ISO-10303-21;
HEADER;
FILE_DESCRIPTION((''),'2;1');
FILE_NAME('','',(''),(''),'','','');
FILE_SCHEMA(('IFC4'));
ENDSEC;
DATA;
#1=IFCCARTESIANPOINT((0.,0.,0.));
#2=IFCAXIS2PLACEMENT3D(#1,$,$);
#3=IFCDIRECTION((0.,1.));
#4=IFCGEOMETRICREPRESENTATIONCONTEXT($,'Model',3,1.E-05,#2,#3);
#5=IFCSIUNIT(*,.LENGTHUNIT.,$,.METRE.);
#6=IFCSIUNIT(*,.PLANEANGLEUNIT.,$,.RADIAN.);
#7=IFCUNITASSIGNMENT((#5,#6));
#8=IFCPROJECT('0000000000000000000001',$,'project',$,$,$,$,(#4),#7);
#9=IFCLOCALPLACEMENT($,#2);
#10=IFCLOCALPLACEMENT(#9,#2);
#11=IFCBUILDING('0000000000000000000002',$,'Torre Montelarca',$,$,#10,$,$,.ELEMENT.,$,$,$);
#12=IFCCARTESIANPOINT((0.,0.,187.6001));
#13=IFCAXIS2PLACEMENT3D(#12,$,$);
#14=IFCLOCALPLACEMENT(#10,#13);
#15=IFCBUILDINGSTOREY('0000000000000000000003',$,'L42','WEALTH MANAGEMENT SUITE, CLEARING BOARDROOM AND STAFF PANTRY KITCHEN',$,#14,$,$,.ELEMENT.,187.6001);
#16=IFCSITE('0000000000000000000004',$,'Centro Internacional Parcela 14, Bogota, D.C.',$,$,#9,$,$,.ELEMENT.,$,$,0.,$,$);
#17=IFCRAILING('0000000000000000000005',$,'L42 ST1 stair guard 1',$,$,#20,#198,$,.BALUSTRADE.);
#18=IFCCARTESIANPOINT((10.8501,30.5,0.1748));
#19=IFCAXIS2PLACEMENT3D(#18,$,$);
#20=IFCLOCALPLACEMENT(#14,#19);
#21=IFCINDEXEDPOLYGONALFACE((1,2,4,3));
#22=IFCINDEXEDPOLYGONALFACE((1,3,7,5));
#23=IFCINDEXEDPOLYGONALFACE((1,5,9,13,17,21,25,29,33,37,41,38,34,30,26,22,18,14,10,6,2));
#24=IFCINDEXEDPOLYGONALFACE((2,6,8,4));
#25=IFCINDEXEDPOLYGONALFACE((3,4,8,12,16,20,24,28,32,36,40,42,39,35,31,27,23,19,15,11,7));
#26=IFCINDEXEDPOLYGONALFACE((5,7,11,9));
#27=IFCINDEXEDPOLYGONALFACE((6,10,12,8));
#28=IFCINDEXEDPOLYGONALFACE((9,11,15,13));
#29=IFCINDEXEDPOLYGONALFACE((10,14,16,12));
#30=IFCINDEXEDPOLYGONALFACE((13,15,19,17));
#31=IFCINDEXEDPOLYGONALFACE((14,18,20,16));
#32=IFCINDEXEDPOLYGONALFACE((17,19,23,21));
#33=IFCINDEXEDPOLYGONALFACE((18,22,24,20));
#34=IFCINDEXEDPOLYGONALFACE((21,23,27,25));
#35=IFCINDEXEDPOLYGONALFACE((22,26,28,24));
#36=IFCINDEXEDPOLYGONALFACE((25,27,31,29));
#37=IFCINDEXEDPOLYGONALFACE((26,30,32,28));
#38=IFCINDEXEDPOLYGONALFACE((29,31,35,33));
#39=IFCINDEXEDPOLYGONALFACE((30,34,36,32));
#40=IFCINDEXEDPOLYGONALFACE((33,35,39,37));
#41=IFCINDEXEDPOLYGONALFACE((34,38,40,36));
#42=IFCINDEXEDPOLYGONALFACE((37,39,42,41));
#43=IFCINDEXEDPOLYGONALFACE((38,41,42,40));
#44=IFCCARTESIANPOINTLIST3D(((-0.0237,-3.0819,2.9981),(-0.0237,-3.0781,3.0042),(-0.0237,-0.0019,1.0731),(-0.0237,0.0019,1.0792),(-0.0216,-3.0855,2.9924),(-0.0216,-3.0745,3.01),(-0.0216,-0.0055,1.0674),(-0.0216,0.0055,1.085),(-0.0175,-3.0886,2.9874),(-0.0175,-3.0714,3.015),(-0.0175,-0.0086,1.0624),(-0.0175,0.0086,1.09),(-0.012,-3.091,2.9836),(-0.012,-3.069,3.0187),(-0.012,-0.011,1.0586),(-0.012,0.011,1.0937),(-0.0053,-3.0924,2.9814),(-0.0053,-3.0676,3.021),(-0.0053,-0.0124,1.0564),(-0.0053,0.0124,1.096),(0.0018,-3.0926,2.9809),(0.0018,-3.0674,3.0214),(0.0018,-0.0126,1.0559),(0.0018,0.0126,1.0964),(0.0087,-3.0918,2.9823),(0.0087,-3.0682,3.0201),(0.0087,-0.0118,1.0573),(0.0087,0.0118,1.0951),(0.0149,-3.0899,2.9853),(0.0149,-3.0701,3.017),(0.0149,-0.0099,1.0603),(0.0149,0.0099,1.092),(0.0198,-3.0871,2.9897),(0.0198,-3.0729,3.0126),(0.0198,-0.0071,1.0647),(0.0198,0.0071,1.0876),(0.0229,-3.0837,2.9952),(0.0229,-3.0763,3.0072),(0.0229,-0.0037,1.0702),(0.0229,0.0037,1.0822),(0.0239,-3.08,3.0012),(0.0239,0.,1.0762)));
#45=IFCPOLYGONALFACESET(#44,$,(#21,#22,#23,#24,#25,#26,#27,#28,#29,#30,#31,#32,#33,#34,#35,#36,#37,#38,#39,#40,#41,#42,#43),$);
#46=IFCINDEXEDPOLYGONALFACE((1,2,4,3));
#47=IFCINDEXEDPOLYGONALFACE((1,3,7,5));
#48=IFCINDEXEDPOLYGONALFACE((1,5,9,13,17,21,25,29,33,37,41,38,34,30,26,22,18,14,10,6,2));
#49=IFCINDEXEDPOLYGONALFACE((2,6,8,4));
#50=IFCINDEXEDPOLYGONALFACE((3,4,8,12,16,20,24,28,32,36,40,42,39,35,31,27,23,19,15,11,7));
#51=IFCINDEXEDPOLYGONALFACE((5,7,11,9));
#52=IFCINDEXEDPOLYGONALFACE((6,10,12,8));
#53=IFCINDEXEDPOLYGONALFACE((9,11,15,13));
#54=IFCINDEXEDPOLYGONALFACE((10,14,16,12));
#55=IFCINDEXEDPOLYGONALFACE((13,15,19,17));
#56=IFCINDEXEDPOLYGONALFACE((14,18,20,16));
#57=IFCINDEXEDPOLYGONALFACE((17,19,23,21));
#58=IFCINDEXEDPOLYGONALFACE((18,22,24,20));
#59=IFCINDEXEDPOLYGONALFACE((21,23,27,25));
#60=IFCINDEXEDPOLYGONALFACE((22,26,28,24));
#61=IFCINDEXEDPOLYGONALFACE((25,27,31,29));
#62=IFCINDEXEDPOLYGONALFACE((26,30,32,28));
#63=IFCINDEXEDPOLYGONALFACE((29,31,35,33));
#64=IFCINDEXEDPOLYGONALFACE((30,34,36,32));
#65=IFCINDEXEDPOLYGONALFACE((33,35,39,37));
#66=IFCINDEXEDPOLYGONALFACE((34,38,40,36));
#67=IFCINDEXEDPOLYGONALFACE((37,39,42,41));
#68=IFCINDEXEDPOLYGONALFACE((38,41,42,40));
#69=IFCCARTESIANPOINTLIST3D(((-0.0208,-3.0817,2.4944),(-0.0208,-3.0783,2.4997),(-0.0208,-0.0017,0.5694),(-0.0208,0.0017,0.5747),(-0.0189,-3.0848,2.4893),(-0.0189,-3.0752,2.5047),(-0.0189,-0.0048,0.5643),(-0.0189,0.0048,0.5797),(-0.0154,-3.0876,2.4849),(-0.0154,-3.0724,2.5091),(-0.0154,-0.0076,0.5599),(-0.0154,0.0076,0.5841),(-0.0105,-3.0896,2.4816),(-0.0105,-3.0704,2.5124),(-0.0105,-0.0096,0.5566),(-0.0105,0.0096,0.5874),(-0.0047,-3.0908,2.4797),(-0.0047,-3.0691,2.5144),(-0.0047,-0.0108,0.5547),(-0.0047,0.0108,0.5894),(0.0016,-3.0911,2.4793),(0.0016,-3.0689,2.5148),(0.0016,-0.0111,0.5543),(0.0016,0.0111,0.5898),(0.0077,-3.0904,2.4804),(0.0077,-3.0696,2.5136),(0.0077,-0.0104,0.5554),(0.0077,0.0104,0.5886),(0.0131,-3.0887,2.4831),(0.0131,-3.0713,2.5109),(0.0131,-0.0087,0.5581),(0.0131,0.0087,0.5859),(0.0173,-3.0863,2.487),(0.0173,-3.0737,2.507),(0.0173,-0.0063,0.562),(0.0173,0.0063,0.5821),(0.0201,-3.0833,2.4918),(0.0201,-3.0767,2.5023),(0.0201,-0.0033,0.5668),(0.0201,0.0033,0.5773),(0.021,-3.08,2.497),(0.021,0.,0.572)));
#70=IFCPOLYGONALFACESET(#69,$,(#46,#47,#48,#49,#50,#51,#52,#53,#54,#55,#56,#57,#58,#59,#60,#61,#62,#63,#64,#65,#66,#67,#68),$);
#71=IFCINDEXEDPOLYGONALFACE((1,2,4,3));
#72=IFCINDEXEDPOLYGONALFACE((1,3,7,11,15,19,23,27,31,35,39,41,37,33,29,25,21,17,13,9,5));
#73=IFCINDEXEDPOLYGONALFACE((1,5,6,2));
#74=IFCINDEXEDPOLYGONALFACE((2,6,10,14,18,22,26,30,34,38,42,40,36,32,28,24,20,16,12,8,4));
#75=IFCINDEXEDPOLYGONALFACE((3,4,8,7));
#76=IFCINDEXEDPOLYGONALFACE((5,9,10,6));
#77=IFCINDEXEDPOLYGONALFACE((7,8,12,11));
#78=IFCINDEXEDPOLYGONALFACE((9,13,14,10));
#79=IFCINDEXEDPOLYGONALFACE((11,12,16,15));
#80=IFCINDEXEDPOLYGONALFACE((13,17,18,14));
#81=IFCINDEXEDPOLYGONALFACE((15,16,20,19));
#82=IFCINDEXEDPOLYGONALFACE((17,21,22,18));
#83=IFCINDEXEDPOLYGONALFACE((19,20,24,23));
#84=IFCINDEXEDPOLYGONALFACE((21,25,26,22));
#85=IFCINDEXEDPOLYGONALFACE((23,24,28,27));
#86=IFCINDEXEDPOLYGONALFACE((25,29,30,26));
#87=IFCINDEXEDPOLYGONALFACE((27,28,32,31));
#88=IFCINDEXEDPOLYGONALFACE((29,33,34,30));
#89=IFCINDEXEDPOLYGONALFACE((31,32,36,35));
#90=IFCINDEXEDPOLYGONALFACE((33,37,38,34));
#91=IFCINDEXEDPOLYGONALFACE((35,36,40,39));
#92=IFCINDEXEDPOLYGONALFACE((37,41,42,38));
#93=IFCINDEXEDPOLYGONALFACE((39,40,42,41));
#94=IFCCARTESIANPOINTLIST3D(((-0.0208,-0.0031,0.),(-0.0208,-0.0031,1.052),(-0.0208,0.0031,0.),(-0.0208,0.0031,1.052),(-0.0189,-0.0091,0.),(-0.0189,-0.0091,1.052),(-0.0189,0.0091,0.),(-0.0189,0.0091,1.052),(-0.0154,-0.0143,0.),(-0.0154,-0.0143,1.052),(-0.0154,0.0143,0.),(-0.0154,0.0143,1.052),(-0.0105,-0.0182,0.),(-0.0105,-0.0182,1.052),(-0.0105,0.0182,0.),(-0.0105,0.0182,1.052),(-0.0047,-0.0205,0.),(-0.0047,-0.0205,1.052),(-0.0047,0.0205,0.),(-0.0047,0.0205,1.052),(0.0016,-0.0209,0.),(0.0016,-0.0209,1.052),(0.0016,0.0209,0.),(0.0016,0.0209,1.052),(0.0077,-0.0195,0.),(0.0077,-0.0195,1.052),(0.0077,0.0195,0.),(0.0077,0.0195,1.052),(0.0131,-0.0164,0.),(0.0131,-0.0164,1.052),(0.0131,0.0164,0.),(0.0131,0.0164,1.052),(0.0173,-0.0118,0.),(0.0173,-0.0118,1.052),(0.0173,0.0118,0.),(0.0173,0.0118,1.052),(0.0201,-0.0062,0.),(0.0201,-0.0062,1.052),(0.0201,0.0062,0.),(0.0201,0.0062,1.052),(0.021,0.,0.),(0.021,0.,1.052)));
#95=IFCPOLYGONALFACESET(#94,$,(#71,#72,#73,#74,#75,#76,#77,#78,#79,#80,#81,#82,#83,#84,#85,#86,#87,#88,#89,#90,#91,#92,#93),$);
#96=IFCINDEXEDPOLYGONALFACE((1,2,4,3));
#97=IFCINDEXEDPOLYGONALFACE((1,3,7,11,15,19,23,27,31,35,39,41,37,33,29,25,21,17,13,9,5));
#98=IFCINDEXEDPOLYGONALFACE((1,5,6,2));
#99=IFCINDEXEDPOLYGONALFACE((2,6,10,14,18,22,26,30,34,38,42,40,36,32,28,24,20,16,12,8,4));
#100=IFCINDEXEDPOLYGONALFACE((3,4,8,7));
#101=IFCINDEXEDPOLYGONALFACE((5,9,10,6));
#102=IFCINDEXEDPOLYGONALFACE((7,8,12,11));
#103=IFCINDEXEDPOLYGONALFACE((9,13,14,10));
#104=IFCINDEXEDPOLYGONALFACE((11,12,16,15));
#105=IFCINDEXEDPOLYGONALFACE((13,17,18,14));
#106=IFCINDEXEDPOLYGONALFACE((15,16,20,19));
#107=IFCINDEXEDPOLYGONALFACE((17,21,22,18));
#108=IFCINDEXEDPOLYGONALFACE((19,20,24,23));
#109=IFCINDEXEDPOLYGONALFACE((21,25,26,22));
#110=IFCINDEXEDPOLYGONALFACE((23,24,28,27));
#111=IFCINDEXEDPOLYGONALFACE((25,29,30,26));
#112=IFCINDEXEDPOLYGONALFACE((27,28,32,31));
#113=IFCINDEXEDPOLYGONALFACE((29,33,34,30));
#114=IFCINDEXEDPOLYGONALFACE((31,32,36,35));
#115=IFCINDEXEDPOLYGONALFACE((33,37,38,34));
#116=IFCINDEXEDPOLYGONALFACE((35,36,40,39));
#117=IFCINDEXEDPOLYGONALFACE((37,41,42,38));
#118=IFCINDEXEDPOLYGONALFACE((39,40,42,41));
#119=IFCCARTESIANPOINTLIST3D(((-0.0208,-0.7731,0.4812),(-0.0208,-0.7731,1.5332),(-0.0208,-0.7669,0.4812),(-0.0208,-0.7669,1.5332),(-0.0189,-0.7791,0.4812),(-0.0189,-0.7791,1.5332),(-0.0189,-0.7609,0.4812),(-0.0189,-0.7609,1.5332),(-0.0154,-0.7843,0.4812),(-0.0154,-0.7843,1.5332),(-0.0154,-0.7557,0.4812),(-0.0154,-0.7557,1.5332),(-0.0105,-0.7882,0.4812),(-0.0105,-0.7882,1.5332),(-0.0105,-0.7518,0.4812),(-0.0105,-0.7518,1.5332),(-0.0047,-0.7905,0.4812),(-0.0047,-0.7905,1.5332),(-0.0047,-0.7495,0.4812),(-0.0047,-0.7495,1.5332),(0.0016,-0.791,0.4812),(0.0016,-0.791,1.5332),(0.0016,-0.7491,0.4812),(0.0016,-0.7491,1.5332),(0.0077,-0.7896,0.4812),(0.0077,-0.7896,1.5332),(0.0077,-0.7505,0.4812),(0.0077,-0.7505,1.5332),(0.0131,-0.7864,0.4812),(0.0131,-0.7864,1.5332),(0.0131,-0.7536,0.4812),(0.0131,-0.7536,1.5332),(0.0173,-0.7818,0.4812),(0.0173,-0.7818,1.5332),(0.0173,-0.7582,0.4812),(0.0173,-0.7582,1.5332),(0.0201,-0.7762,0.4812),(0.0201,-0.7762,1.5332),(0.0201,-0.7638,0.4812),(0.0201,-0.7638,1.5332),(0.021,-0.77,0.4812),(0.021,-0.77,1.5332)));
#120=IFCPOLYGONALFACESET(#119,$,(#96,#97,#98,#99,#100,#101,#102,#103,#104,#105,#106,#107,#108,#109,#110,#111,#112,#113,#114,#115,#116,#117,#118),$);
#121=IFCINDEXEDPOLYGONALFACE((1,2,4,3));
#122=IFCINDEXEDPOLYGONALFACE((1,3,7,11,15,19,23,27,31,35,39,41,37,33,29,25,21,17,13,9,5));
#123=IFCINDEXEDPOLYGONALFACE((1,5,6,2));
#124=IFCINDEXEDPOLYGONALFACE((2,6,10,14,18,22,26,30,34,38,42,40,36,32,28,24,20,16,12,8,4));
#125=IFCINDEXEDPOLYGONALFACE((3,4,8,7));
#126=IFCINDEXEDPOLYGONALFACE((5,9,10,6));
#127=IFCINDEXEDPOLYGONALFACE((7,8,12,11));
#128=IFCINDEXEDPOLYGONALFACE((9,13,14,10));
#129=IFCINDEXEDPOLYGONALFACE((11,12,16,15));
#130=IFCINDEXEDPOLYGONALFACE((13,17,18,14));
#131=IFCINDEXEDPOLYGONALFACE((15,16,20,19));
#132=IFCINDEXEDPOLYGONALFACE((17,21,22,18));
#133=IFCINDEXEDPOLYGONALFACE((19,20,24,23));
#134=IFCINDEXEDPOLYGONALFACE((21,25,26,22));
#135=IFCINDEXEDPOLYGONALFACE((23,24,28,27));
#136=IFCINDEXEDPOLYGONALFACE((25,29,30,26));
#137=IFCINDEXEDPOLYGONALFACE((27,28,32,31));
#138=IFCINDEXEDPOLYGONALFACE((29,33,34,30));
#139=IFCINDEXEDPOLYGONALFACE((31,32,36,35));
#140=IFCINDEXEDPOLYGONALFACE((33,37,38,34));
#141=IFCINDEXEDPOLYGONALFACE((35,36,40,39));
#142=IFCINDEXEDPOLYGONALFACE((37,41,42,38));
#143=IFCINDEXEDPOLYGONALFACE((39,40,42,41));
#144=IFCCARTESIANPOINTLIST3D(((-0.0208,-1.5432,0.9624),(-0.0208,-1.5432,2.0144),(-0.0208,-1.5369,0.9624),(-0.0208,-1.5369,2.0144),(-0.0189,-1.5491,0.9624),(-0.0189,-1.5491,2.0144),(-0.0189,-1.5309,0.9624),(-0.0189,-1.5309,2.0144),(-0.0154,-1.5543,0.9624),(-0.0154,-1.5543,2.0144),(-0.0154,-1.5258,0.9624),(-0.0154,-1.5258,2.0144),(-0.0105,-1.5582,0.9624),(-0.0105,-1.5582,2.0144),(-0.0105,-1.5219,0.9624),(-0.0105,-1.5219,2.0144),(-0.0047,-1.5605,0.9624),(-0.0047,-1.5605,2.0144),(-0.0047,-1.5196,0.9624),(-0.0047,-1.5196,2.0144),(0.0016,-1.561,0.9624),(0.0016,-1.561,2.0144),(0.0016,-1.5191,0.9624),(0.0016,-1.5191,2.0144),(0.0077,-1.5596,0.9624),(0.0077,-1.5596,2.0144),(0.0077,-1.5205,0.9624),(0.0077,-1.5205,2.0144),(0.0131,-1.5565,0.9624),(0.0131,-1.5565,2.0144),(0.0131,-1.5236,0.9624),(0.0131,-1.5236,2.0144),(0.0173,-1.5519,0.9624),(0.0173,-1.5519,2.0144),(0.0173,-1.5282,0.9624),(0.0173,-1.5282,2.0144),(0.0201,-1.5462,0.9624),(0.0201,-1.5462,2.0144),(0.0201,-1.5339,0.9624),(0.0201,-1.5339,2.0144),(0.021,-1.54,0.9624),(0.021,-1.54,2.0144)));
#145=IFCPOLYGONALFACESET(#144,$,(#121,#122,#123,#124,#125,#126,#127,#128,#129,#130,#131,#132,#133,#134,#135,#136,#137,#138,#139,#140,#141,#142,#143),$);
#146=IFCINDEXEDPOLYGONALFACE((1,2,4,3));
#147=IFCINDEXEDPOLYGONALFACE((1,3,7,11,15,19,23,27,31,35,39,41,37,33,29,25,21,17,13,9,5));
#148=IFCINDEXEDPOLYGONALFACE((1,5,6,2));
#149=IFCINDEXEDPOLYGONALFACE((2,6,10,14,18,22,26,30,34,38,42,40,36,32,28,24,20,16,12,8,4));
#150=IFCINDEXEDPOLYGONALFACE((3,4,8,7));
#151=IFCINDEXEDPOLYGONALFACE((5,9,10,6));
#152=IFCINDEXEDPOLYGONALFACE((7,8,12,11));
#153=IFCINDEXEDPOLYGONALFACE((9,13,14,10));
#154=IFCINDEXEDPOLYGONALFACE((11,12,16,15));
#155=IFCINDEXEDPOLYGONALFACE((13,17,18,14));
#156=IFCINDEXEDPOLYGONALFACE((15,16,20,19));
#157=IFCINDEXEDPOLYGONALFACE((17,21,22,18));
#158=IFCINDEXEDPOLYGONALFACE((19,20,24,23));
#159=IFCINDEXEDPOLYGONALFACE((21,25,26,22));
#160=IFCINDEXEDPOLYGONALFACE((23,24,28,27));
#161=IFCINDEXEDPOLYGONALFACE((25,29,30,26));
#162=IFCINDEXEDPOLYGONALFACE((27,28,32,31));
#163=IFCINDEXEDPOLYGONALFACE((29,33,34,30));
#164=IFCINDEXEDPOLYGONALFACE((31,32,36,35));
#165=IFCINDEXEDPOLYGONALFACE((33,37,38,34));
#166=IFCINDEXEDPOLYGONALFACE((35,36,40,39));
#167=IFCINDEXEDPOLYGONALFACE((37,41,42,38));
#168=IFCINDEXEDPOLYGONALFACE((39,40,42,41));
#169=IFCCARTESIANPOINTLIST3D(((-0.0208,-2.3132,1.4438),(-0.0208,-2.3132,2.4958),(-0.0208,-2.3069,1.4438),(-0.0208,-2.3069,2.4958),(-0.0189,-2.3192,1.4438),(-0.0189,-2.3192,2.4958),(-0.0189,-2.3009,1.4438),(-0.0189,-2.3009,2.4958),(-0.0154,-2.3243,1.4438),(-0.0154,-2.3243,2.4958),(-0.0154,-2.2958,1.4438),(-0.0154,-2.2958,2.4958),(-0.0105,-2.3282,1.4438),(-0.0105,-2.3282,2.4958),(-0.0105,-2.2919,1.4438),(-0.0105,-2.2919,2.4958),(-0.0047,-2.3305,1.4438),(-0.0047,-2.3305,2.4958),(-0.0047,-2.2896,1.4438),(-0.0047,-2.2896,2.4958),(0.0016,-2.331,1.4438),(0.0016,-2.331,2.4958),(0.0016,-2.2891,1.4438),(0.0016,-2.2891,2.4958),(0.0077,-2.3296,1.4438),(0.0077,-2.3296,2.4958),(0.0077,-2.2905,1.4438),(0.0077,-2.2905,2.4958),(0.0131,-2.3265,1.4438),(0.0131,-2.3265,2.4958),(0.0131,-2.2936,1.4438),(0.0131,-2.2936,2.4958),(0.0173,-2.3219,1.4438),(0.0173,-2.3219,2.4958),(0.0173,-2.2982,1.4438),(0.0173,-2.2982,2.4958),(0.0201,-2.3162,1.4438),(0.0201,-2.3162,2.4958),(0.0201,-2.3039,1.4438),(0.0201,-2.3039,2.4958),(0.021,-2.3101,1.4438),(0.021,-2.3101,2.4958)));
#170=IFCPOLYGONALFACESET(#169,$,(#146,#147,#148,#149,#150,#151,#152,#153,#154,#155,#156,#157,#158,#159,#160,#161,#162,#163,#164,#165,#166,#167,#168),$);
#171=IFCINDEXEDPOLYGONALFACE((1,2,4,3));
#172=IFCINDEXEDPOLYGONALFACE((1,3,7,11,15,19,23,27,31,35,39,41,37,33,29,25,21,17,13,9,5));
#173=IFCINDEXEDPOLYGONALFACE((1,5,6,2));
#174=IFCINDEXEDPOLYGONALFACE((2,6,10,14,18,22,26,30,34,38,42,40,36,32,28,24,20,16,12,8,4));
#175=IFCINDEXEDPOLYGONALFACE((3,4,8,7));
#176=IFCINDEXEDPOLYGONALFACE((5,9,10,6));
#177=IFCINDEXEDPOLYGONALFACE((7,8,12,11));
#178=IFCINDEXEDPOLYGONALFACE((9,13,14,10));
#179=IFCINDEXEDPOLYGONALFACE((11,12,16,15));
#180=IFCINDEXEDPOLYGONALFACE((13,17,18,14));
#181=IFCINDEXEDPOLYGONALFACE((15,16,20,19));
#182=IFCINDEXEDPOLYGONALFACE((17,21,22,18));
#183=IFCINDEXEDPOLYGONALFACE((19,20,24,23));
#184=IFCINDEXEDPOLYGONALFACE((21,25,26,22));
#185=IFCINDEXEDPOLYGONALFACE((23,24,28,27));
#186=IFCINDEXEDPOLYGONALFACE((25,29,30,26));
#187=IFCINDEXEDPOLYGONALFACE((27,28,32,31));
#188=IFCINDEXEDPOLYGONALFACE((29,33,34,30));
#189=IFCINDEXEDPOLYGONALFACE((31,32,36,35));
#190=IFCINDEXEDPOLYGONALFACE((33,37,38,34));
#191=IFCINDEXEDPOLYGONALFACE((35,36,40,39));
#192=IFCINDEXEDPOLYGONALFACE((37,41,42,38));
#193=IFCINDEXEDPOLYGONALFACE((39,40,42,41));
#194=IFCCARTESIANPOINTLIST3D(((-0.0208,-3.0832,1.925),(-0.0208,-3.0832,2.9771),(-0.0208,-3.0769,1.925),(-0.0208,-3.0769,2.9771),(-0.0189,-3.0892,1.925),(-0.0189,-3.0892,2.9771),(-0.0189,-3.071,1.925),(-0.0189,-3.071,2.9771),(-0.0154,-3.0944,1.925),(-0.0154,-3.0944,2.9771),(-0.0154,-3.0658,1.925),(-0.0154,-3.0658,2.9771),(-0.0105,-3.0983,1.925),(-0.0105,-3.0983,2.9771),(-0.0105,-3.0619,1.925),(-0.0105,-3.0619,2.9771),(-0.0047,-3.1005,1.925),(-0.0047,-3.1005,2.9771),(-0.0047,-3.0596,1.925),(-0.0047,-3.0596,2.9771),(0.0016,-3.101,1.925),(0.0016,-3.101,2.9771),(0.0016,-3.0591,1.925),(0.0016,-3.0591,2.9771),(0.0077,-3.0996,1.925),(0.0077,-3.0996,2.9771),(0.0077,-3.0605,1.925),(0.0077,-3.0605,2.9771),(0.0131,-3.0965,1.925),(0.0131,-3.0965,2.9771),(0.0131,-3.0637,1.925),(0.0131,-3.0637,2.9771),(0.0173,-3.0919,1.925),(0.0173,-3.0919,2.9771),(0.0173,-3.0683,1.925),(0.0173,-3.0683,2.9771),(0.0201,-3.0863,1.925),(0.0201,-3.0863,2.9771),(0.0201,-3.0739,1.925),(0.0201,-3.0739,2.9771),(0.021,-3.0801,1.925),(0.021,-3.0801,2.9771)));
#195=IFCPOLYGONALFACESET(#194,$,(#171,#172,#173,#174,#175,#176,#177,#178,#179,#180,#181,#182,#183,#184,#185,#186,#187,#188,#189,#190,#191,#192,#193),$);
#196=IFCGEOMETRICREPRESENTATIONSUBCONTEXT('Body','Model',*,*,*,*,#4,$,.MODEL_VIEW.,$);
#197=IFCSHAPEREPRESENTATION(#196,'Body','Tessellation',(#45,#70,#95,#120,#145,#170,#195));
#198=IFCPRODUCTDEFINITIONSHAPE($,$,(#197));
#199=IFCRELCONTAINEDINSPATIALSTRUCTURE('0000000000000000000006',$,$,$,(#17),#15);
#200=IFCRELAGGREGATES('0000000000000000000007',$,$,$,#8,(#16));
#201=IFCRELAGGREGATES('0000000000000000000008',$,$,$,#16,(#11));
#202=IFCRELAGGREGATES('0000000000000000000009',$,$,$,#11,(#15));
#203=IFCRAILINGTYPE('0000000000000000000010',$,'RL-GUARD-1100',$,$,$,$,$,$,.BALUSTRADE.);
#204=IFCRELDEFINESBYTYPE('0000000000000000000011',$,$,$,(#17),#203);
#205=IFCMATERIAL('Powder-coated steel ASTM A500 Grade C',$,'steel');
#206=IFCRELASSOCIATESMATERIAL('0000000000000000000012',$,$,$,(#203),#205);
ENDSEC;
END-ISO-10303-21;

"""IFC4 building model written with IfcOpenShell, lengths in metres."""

from ifc_helpers import new_model, si_unit, direction, frame, origin, origin_2d, place, context, subcontext, project, spatial, circle, extrude, material, type_object, element, save


model = new_model("IFC4")

# Units and contexts
model_context = context("Model", 3, precision=1e-05, world=origin(), true_north=direction((0.0, 1.0)))
body_context = subcontext(model_context, "Body", "Model", "MODEL_VIEW")
ifc_project = project(units=[si_unit("LENGTHUNIT", "METRE"), si_unit("PLANEANGLEUNIT", "RADIAN")], contexts=[model_context])

# Site, building, storey
site_placement = place(None, origin())
site = spatial("IfcSite", under=ifc_project, at=site_placement, Name="Centro Internacional Parcela 14, Bogota, D.C.", CompositionType="ELEMENT", RefElevation=0.0)
building_placement = place(site_placement, origin())
building = spatial("IfcBuilding", under=site, at=building_placement, Name="Torre Montelarca", CompositionType="ELEMENT")
storey_placement = place(building_placement, frame((0.0, 0.0, 187.6001)))
storey = spatial("IfcBuildingStorey", under=building, at=storey_placement, Name="L42", Description="WEALTH MANAGEMENT SUITE, CLEARING BOARDROOM AND STAFF PANTRY KITCHEN", CompositionType="ELEMENT", Elevation=187.6001)

# Railing
ifc_material_1 = material(Name="Powder-coated steel ASTM A500 Grade C", Category="steel")
railing_type_1 = type_object("IfcRailingType", Name="RL-GUARD-1100", PredefinedType="BALUSTRADE", material=ifc_material_1)
railing_1_placement = place(storey_placement, frame((10.8501, 30.5, 0.1748)))
element("IfcRailing", 1, at=railing_1_placement, inside=storey, type_object=railing_type_1, Name="L42 ST1 stair guard 1", PredefinedType="BALUSTRADE", context=body_context, shape_type="SweptSolid", body=[
    extrude(circle(Radius=0.0239, at=origin_2d()), frame((0.0, 0.0, 1.0762), z_axis=(0.0, -0.847998, 0.529999), x_axis=(1.0, 0.0, 0.0)), (0.0, 0.0, 1.0), 3.6321),
    extrude(circle(Radius=0.021, at=origin_2d()), frame((0.0, 0.0, 0.572), z_axis=(0.0, -0.847998, 0.529999), x_axis=(1.0, 0.0, 0.0)), (0.0, 0.0, 1.0), 3.6321),
    extrude(circle(Radius=0.021, at=origin_2d()), origin(), (0.0, 0.0, 1.0), 1.052),
    extrude(circle(Radius=0.021, at=origin_2d()), frame((0.0, -0.77, 0.4812)), (0.0, 0.0, 1.0), 1.052),
    extrude(circle(Radius=0.021, at=origin_2d()), frame((0.0, -1.54, 0.9624)), (0.0, 0.0, 1.0), 1.052),
    extrude(circle(Radius=0.021, at=origin_2d()), frame((0.0, -2.3101, 1.4438)), (0.0, 0.0, 1.0), 1.052),
    extrude(circle(Radius=0.021, at=origin_2d()), frame((0.0, -3.0801, 1.925)), (0.0, 0.0, 1.0), 1.052),
])

save(model, "model.ifc")
